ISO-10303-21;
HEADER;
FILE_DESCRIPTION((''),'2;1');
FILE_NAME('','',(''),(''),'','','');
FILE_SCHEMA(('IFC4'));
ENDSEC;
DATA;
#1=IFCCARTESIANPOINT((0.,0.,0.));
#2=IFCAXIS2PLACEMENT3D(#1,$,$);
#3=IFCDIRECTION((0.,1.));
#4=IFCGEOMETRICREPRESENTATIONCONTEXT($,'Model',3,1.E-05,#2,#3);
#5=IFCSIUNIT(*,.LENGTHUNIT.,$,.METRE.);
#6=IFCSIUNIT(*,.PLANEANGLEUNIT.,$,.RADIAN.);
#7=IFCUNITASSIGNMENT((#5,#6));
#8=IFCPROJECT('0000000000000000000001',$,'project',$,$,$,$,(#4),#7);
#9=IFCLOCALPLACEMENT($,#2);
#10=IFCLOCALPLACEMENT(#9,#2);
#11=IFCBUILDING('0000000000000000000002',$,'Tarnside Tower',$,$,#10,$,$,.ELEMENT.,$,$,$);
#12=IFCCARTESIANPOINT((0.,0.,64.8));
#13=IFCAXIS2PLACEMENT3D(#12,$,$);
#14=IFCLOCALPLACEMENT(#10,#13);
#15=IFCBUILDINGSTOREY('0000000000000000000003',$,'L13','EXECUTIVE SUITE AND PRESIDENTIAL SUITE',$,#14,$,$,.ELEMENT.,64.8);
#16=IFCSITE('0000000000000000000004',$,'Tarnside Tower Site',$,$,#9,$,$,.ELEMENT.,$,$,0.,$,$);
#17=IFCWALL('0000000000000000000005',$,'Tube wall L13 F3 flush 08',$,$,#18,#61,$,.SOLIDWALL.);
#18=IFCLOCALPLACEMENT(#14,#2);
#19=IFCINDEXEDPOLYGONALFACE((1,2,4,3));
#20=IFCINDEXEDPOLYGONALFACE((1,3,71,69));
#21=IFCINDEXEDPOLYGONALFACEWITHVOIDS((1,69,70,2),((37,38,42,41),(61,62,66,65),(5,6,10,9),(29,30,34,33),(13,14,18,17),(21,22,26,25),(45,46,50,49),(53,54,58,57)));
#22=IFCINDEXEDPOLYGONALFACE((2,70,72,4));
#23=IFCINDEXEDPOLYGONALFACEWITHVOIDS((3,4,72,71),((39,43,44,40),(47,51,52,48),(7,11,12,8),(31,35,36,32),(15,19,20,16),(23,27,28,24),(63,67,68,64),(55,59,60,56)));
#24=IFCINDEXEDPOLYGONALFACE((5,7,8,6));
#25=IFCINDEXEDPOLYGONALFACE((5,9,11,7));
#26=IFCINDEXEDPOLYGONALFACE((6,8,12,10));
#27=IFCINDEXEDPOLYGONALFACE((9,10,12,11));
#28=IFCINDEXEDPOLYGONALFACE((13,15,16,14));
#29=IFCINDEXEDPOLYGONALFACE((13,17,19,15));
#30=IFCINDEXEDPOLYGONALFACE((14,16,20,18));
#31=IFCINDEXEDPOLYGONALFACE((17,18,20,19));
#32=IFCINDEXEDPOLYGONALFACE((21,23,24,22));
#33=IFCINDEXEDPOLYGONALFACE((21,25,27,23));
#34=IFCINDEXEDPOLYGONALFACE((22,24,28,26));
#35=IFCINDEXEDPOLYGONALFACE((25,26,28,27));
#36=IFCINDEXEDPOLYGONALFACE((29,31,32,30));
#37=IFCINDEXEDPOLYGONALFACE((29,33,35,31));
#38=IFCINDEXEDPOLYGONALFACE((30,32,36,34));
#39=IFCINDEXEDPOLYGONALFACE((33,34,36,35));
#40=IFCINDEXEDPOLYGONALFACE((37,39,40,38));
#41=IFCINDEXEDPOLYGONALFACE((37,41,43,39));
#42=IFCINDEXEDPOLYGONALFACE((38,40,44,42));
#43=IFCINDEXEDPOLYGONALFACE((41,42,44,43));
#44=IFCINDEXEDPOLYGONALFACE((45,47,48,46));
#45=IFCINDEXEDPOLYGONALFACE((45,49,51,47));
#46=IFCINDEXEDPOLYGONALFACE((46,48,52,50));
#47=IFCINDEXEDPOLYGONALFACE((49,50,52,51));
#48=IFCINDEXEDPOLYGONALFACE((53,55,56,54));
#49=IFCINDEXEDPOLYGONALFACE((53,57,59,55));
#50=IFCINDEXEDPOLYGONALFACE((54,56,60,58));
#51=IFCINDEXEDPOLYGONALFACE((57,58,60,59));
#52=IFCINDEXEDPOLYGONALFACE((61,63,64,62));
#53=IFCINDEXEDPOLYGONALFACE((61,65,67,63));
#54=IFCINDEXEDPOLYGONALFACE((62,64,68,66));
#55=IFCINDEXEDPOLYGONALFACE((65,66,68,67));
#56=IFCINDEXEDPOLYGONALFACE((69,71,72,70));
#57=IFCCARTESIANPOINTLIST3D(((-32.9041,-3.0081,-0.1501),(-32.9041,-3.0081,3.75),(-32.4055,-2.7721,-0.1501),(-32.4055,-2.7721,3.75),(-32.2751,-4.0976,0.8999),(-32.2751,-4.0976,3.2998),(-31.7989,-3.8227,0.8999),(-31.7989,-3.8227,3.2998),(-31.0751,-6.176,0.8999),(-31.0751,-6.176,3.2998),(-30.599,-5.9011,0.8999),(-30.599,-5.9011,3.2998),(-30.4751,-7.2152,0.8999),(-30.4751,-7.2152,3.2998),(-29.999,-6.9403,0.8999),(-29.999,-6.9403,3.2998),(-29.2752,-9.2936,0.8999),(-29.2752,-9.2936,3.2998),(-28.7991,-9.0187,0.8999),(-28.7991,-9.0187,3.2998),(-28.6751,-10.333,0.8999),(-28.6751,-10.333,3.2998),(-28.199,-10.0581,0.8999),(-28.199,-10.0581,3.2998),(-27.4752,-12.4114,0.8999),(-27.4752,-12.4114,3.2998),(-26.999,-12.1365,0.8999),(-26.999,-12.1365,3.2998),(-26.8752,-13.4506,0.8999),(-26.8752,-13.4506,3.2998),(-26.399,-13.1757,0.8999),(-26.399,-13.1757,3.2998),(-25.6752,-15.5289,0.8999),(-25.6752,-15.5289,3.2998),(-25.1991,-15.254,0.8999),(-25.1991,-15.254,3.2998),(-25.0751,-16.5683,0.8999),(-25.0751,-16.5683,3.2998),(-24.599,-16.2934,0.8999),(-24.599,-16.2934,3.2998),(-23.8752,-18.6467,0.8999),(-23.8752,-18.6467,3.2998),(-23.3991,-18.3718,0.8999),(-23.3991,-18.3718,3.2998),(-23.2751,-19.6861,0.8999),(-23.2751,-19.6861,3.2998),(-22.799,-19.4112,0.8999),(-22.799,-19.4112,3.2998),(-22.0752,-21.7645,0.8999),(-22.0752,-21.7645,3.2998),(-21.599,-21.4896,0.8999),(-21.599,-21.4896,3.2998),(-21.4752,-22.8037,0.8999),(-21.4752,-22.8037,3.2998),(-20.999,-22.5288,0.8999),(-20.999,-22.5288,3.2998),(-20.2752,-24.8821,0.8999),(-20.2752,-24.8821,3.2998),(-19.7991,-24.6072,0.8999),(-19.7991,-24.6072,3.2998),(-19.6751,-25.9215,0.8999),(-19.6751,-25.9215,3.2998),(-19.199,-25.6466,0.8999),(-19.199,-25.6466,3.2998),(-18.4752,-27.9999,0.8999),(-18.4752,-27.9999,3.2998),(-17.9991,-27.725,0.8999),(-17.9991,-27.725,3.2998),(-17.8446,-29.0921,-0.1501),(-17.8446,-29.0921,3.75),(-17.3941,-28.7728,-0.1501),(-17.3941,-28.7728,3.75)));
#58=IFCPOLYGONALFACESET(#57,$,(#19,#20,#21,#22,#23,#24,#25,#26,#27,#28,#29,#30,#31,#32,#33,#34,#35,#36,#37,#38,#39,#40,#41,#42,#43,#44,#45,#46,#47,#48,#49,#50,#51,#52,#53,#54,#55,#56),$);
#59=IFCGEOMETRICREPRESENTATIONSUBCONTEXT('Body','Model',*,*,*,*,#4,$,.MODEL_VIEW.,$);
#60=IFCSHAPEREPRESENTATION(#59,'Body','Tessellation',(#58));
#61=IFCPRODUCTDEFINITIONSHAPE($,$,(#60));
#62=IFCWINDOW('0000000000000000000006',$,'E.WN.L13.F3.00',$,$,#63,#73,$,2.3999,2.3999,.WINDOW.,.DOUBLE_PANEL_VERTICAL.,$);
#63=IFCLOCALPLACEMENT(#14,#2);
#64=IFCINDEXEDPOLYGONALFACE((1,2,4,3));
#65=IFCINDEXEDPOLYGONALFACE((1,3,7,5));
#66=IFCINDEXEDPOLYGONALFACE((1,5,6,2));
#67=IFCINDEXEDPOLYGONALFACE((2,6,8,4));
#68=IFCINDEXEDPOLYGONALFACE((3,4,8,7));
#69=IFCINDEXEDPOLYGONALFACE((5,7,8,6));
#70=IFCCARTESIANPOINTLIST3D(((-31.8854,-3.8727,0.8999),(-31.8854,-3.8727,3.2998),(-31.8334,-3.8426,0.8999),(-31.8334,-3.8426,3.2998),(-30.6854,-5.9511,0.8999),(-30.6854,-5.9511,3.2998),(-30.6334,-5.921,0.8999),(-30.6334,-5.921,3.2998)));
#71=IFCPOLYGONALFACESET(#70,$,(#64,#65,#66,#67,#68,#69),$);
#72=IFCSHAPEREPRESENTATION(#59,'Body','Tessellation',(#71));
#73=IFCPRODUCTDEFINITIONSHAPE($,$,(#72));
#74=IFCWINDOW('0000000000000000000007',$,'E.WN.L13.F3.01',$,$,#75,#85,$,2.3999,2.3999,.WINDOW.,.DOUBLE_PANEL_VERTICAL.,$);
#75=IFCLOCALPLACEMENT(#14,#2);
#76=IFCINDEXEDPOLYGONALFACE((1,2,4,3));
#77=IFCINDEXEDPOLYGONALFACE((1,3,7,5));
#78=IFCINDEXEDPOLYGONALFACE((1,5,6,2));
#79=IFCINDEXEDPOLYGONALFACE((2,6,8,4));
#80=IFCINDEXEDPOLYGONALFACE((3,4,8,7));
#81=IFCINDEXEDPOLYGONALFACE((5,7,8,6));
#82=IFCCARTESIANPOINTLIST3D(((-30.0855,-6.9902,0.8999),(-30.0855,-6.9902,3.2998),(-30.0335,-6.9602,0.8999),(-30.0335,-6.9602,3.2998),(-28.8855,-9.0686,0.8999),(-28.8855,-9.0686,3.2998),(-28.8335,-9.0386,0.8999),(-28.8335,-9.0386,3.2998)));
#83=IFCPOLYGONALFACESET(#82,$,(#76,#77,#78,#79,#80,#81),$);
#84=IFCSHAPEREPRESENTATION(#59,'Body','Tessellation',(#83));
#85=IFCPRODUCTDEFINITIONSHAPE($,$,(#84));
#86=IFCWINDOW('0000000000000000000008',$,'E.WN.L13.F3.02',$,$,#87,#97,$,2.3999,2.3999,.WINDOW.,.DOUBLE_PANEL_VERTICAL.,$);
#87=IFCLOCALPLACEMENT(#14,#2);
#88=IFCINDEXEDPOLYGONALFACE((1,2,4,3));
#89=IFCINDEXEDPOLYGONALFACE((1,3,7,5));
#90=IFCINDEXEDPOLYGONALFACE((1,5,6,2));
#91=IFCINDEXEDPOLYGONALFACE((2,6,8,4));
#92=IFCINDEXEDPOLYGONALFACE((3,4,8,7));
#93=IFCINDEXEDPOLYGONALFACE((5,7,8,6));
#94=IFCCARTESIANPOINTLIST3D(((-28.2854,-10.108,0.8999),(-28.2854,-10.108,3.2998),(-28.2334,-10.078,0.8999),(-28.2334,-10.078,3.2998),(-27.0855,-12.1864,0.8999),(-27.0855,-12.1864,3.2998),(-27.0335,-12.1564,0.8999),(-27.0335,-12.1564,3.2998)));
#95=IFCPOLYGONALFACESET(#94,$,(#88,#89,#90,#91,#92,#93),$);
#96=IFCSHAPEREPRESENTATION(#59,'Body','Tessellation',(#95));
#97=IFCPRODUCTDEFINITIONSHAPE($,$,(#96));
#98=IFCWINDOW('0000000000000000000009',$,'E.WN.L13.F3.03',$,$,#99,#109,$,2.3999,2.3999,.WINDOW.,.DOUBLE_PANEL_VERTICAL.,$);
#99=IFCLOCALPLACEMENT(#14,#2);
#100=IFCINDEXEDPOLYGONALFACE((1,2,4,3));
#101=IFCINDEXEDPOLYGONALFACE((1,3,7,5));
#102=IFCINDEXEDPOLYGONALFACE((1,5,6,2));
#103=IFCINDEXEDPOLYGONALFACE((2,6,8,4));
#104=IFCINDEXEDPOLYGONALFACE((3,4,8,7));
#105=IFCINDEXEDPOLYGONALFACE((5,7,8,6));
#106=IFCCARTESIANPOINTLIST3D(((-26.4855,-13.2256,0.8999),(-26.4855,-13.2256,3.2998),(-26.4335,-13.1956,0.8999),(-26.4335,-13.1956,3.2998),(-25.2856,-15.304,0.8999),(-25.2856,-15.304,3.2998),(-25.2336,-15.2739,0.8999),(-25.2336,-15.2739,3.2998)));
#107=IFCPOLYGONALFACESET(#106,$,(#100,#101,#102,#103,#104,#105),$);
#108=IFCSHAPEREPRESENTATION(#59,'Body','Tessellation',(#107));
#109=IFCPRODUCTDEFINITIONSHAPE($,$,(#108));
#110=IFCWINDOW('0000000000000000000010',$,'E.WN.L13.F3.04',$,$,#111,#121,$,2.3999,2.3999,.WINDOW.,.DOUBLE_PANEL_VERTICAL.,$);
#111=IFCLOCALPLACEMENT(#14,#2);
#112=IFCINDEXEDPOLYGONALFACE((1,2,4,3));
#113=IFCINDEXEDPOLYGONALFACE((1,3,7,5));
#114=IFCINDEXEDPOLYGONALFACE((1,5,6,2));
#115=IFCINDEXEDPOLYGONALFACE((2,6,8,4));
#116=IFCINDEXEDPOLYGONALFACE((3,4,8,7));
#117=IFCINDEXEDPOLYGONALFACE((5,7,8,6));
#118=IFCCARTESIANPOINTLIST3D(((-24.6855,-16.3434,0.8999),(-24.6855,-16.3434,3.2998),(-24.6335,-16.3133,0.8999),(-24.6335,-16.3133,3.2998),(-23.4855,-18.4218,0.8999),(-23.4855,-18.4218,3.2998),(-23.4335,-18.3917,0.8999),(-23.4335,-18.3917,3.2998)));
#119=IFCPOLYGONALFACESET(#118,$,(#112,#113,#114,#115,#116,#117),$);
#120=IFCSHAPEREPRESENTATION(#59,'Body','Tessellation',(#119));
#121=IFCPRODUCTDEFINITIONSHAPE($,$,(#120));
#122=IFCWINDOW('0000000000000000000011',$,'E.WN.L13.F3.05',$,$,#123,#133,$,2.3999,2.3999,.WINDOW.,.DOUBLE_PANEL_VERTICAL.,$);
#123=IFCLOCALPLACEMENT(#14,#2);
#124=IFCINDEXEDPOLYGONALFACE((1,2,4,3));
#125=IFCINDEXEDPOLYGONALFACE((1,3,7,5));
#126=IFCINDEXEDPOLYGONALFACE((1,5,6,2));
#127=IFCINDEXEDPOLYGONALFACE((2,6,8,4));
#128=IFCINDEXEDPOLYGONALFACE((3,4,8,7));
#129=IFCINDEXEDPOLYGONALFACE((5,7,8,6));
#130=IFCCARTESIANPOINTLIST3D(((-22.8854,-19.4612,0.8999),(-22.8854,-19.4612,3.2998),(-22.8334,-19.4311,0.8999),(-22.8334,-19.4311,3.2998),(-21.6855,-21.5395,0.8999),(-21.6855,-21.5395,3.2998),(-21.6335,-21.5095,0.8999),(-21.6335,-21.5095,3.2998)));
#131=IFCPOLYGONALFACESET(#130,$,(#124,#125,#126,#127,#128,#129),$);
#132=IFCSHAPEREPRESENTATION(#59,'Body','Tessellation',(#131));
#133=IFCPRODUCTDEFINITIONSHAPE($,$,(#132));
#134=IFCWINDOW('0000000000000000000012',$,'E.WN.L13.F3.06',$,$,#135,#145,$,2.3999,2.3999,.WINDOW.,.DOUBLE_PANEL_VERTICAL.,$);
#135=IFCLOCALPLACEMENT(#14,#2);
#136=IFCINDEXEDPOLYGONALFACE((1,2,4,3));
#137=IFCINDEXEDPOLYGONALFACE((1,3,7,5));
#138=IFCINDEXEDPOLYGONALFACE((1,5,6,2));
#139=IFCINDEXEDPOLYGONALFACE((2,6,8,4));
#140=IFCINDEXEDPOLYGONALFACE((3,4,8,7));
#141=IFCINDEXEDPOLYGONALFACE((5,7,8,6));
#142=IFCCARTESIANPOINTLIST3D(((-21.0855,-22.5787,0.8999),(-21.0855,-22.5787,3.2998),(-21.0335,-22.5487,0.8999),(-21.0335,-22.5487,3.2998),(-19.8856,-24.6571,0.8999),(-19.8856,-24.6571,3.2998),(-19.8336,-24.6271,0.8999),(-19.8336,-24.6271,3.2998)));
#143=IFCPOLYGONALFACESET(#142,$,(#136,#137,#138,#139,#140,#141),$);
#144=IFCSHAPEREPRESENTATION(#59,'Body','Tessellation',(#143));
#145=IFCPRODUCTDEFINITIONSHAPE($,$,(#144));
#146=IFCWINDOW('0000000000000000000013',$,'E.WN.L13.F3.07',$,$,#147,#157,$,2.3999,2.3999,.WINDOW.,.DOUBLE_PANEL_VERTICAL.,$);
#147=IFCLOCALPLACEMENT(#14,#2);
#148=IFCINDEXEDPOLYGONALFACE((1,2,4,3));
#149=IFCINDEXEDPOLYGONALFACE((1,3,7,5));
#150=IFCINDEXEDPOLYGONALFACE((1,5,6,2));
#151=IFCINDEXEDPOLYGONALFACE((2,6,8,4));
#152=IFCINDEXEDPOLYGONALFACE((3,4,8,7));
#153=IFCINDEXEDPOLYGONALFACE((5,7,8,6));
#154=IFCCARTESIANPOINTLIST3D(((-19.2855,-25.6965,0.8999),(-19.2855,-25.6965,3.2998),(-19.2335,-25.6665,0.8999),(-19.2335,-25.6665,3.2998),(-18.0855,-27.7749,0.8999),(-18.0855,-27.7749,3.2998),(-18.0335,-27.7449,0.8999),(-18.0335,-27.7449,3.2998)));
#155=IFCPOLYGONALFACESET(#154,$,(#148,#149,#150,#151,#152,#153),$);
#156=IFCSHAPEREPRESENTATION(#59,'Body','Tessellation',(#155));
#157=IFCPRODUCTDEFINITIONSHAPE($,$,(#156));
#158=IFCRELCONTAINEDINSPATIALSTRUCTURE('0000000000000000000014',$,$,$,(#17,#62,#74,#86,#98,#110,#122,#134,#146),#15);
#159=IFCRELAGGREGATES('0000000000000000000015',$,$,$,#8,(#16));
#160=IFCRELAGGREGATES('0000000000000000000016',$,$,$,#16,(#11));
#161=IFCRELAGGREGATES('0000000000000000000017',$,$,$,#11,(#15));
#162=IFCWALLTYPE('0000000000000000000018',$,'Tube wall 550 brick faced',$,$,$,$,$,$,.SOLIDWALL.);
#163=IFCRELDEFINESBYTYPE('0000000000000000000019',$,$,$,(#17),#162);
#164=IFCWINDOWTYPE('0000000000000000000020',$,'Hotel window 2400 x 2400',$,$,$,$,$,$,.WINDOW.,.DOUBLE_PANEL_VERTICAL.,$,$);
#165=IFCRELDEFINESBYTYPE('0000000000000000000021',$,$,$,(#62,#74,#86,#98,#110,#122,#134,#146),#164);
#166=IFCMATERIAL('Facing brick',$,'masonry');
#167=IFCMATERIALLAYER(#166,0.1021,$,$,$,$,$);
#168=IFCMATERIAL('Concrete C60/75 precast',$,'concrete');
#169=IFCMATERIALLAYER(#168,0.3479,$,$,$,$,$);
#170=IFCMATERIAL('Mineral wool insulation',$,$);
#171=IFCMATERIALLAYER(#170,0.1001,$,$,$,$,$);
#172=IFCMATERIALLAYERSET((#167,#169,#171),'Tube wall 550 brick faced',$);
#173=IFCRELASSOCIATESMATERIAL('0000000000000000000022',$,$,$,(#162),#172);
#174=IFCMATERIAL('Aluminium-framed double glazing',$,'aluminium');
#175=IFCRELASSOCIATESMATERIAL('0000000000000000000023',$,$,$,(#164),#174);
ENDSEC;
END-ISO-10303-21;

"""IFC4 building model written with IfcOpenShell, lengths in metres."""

from ifc_helpers import new_model, si_unit, direction, frame, frame_2d, origin, place, context, subcontext, project, spatial, polyline, rectangle, outline, extrude, material, layer, layer_set, type_object, element, fill, save


model = new_model("IFC4")

# Units and contexts
model_context = context("Model", 3, precision=1e-05, world=origin(), true_north=direction((0.0, 1.0)))
body_context = subcontext(model_context, "Body", "Model", "MODEL_VIEW")
ifc_project = project(units=[si_unit("LENGTHUNIT", "METRE"), si_unit("PLANEANGLEUNIT", "RADIAN")], contexts=[model_context])

# Site, building, storey
site_placement = place(None, origin())
site = spatial("IfcSite", under=ifc_project, at=site_placement, Name="Tarnside Tower Site", CompositionType="ELEMENT", RefElevation=0.0)
building_placement = place(site_placement, origin())
building = spatial("IfcBuilding", under=site, at=building_placement, Name="Tarnside Tower", CompositionType="ELEMENT")
storey_placement = place(building_placement, frame((0.0, 0.0, 64.8)))
storey = spatial("IfcBuildingStorey", under=building, at=storey_placement, Name="L13", Description="EXECUTIVE SUITE AND PRESIDENTIAL SUITE", CompositionType="ELEMENT", Elevation=64.8)

# Shared definitions
ifc_material_1 = material(Name="Facing brick", Category="masonry")
ifc_layer_1 = layer(ifc_material_1, 0.1021)
ifc_material_2 = material(Name="Concrete C60/75 precast", Category="concrete")
ifc_layer_2 = layer(ifc_material_2, 0.3479)
ifc_material_3 = material(Name="Mineral wool insulation")
ifc_layer_3 = layer(ifc_material_3, 0.1001)
ifc_layer_set_1 = layer_set([ifc_layer_1, ifc_layer_2, ifc_layer_3], Name="Tube wall 550 brick faced")
wall_type_1 = type_object("IfcWallType", Name="Tube wall 550 brick faced", PredefinedType="SOLIDWALL", material=ifc_layer_set_1)

# Wall, openings, windows
wall_1_placement = place(storey_placement, frame((-32.6548, -2.8901, -0.1501), z_axis=(0.0, 0.0, 1.0), x_axis=(0.499998, -0.866027, 0.0)))
wall_1 = element("IfcWall", 1, at=wall_1_placement, inside=storey, type_object=wall_type_1, Name="Tube wall L13 F3 flush 08", PredefinedType="SOLIDWALL", context=body_context, shape_type="SweptSolid", body=[
    extrude(outline(polyline([(-0.0225, -0.2749), (30.0967, -0.2749), (30.0454, 0.2749), (0.0225, 0.2749), (-0.0225, -0.2749)])), origin(), (0.0, 0.0, 1.0), 3.9001),
])
opening_1_placement = place(wall_1_placement, frame((1.2356, 0.0, 1.05)))
opening_1 = element("IfcOpeningElement", 2, at=opening_1_placement, cuts=wall_1, PredefinedType="OPENING", context=body_context, shape_type="SweptSolid", body=[
    extrude(rectangle(XDim=2.3999, YDim=2.3999, at=frame_2d((1.2, 1.2))), frame((0.0, 0.2852, 0.0), z_axis=(0.0, -1.0, 0.0), x_axis=(1.0, 0.0, 0.0)), (0.0, 0.0, 1.0), 0.5701),
])
opening_2_placement = place(wall_1_placement, frame((4.8354, 0.0, 1.05)))
opening_2 = element("IfcOpeningElement", 3, at=opening_2_placement, cuts=wall_1, PredefinedType="OPENING", context=body_context, shape_type="SweptSolid", body=[
    extrude(rectangle(XDim=2.3999, YDim=2.3999, at=frame_2d((1.2, 1.2))), frame((0.0, 0.2852, 0.0), z_axis=(0.0, -1.0, 0.0), x_axis=(1.0, 0.0, 0.0)), (0.0, 0.0, 1.0), 0.5701),
])
opening_3_placement = place(wall_1_placement, frame((8.4355, 0.0, 1.05)))
opening_3 = element("IfcOpeningElement", 4, at=opening_3_placement, cuts=wall_1, PredefinedType="OPENING", context=body_context, shape_type="SweptSolid", body=[
    extrude(rectangle(XDim=2.3999, YDim=2.3999, at=frame_2d((1.2, 1.2))), frame((0.0, 0.2852, 0.0), z_axis=(0.0, -1.0, 0.0), x_axis=(1.0, 0.0, 0.0)), (0.0, 0.0, 1.0), 0.5701),
])
opening_4_placement = place(wall_1_placement, frame((12.0354, 0.0, 1.05)))
opening_4 = element("IfcOpeningElement", 5, at=opening_4_placement, cuts=wall_1, PredefinedType="OPENING", context=body_context, shape_type="SweptSolid", body=[
    extrude(rectangle(XDim=2.3999, YDim=2.3999, at=frame_2d((1.2, 1.2))), frame((0.0, 0.2852, 0.0), z_axis=(0.0, -1.0, 0.0), x_axis=(1.0, 0.0, 0.0)), (0.0, 0.0, 1.0), 0.5701),
])
opening_5_placement = place(wall_1_placement, frame((15.6355, 0.0, 1.05)))
opening_5 = element("IfcOpeningElement", 6, at=opening_5_placement, cuts=wall_1, PredefinedType="OPENING", context=body_context, shape_type="SweptSolid", body=[
    extrude(rectangle(XDim=2.3999, YDim=2.3999, at=frame_2d((1.2, 1.2))), frame((0.0, 0.2852, 0.0), z_axis=(0.0, -1.0, 0.0), x_axis=(1.0, 0.0, 0.0)), (0.0, 0.0, 1.0), 0.5701),
])
opening_6_placement = place(wall_1_placement, frame((19.2356, 0.0, 1.05)))
opening_6 = element("IfcOpeningElement", 7, at=opening_6_placement, cuts=wall_1, PredefinedType="OPENING", context=body_context, shape_type="SweptSolid", body=[
    extrude(rectangle(XDim=2.3999, YDim=2.3999, at=frame_2d((1.2, 1.2))), frame((0.0, 0.2852, 0.0), z_axis=(0.0, -1.0, 0.0), x_axis=(1.0, 0.0, 0.0)), (0.0, 0.0, 1.0), 0.5701),
])
opening_7_placement = place(wall_1_placement, frame((22.8354, 0.0, 1.05)))
opening_7 = element("IfcOpeningElement", 8, at=opening_7_placement, cuts=wall_1, PredefinedType="OPENING", context=body_context, shape_type="SweptSolid", body=[
    extrude(rectangle(XDim=2.3999, YDim=2.3999, at=frame_2d((1.2, 1.2))), frame((0.0, 0.2852, 0.0), z_axis=(0.0, -1.0, 0.0), x_axis=(1.0, 0.0, 0.0)), (0.0, 0.0, 1.0), 0.5701),
])
opening_8_placement = place(wall_1_placement, frame((26.4355, 0.0, 1.05)))
opening_8 = element("IfcOpeningElement", 9, at=opening_8_placement, cuts=wall_1, PredefinedType="OPENING", context=body_context, shape_type="SweptSolid", body=[
    extrude(rectangle(XDim=2.3999, YDim=2.3999, at=frame_2d((1.2, 1.2))), frame((0.0, 0.2852, 0.0), z_axis=(0.0, -1.0, 0.0), x_axis=(1.0, 0.0, 0.0)), (0.0, 0.0, 1.0), 0.5701),
])
ifc_material_4 = material(Name="Aluminium-framed double glazing", Category="aluminium")
window_type = type_object("IfcWindowType", Name="Hotel window 2400 x 2400", PartitioningType="DOUBLE_PANEL_VERTICAL", PredefinedType="WINDOW", material=ifc_material_4)
window_1_placement = place(opening_1_placement, frame((0.0, 0.2051, 0.0)))
window_1 = element("IfcWindow", 10, at=window_1_placement, inside=storey, type_object=window_type, Name="E.WN.L13.F3.00", OverallHeight=2.3999, OverallWidth=2.3999, PartitioningType="DOUBLE_PANEL_VERTICAL", PredefinedType="WINDOW", context=body_context, shape_type="SweptSolid", body=[
    extrude(rectangle(XDim=2.3999, YDim=2.3999, at=frame_2d((1.2, 1.2))), frame((0.0, 0.03, 0.0), z_axis=(0.0, -1.0, 0.0), x_axis=(1.0, 0.0, 0.0)), (0.0, 0.0, 1.0), 0.0601),
])
fill(opening_1, window_1)
window_2_placement = place(opening_2_placement, frame((0.0, 0.2051, 0.0)))
window_2 = element("IfcWindow", 11, at=window_2_placement, inside=storey, type_object=window_type, Name="E.WN.L13.F3.01", OverallHeight=2.3999, OverallWidth=2.3999, PartitioningType="DOUBLE_PANEL_VERTICAL", PredefinedType="WINDOW", context=body_context, shape_type="SweptSolid", body=[
    extrude(rectangle(XDim=2.3999, YDim=2.3999, at=frame_2d((1.2, 1.2))), frame((0.0, 0.03, 0.0), z_axis=(0.0, -1.0, 0.0), x_axis=(1.0, 0.0, 0.0)), (0.0, 0.0, 1.0), 0.0601),
])
fill(opening_2, window_2)
window_3_placement = place(opening_3_placement, frame((0.0, 0.2051, 0.0)))
window_3 = element("IfcWindow", 12, at=window_3_placement, inside=storey, type_object=window_type, Name="E.WN.L13.F3.02", OverallHeight=2.3999, OverallWidth=2.3999, PartitioningType="DOUBLE_PANEL_VERTICAL", PredefinedType="WINDOW", context=body_context, shape_type="SweptSolid", body=[
    extrude(rectangle(XDim=2.3999, YDim=2.3999, at=frame_2d((1.2, 1.2))), frame((0.0, 0.03, 0.0), z_axis=(0.0, -1.0, 0.0), x_axis=(1.0, 0.0, 0.0)), (0.0, 0.0, 1.0), 0.0601),
])
fill(opening_3, window_3)
window_4_placement = place(opening_4_placement, frame((0.0, 0.2051, 0.0)))
window_4 = element("IfcWindow", 13, at=window_4_placement, inside=storey, type_object=window_type, Name="E.WN.L13.F3.03", OverallHeight=2.3999, OverallWidth=2.3999, PartitioningType="DOUBLE_PANEL_VERTICAL", PredefinedType="WINDOW", context=body_context, shape_type="SweptSolid", body=[
    extrude(rectangle(XDim=2.3999, YDim=2.3999, at=frame_2d((1.2, 1.2))), frame((0.0, 0.03, 0.0), z_axis=(0.0, -1.0, 0.0), x_axis=(1.0, 0.0, 0.0)), (0.0, 0.0, 1.0), 0.0601),
])
fill(opening_4, window_4)
window_5_placement = place(opening_5_placement, frame((0.0, 0.2051, 0.0)))
window_5 = element("IfcWindow", 14, at=window_5_placement, inside=storey, type_object=window_type, Name="E.WN.L13.F3.04", OverallHeight=2.3999, OverallWidth=2.3999, PartitioningType="DOUBLE_PANEL_VERTICAL", PredefinedType="WINDOW", context=body_context, shape_type="SweptSolid", body=[
    extrude(rectangle(XDim=2.3999, YDim=2.3999, at=frame_2d((1.2, 1.2))), frame((0.0, 0.03, 0.0), z_axis=(0.0, -1.0, 0.0), x_axis=(1.0, 0.0, 0.0)), (0.0, 0.0, 1.0), 0.0601),
])
fill(opening_5, window_5)
window_6_placement = place(opening_6_placement, frame((0.0, 0.2051, 0.0)))
window_6 = element("IfcWindow", 15, at=window_6_placement, inside=storey, type_object=window_type, Name="E.WN.L13.F3.05", OverallHeight=2.3999, OverallWidth=2.3999, PartitioningType="DOUBLE_PANEL_VERTICAL", PredefinedType="WINDOW", context=body_context, shape_type="SweptSolid", body=[
    extrude(rectangle(XDim=2.3999, YDim=2.3999, at=frame_2d((1.2, 1.2))), frame((0.0, 0.03, 0.0), z_axis=(0.0, -1.0, 0.0), x_axis=(1.0, 0.0, 0.0)), (0.0, 0.0, 1.0), 0.0601),
])
fill(opening_6, window_6)
window_7_placement = place(opening_7_placement, frame((0.0, 0.2051, 0.0)))
window_7 = element("IfcWindow", 16, at=window_7_placement, inside=storey, type_object=window_type, Name="E.WN.L13.F3.06", OverallHeight=2.3999, OverallWidth=2.3999, PartitioningType="DOUBLE_PANEL_VERTICAL", PredefinedType="WINDOW", context=body_context, shape_type="SweptSolid", body=[
    extrude(rectangle(XDim=2.3999, YDim=2.3999, at=frame_2d((1.2, 1.2))), frame((0.0, 0.03, 0.0), z_axis=(0.0, -1.0, 0.0), x_axis=(1.0, 0.0, 0.0)), (0.0, 0.0, 1.0), 0.0601),
])
fill(opening_7, window_7)
window_8_placement = place(opening_8_placement, frame((0.0, 0.2051, 0.0)))
window_8 = element("IfcWindow", 17, at=window_8_placement, inside=storey, type_object=window_type, Name="E.WN.L13.F3.07", OverallHeight=2.3999, OverallWidth=2.3999, PartitioningType="DOUBLE_PANEL_VERTICAL", PredefinedType="WINDOW", context=body_context, shape_type="SweptSolid", body=[
    extrude(rectangle(XDim=2.3999, YDim=2.3999, at=frame_2d((1.2, 1.2))), frame((0.0, 0.03, 0.0), z_axis=(0.0, -1.0, 0.0), x_axis=(1.0, 0.0, 0.0)), (0.0, 0.0, 1.0), 0.0601),
])
fill(opening_8, window_8)

save(model, "model.ifc")
